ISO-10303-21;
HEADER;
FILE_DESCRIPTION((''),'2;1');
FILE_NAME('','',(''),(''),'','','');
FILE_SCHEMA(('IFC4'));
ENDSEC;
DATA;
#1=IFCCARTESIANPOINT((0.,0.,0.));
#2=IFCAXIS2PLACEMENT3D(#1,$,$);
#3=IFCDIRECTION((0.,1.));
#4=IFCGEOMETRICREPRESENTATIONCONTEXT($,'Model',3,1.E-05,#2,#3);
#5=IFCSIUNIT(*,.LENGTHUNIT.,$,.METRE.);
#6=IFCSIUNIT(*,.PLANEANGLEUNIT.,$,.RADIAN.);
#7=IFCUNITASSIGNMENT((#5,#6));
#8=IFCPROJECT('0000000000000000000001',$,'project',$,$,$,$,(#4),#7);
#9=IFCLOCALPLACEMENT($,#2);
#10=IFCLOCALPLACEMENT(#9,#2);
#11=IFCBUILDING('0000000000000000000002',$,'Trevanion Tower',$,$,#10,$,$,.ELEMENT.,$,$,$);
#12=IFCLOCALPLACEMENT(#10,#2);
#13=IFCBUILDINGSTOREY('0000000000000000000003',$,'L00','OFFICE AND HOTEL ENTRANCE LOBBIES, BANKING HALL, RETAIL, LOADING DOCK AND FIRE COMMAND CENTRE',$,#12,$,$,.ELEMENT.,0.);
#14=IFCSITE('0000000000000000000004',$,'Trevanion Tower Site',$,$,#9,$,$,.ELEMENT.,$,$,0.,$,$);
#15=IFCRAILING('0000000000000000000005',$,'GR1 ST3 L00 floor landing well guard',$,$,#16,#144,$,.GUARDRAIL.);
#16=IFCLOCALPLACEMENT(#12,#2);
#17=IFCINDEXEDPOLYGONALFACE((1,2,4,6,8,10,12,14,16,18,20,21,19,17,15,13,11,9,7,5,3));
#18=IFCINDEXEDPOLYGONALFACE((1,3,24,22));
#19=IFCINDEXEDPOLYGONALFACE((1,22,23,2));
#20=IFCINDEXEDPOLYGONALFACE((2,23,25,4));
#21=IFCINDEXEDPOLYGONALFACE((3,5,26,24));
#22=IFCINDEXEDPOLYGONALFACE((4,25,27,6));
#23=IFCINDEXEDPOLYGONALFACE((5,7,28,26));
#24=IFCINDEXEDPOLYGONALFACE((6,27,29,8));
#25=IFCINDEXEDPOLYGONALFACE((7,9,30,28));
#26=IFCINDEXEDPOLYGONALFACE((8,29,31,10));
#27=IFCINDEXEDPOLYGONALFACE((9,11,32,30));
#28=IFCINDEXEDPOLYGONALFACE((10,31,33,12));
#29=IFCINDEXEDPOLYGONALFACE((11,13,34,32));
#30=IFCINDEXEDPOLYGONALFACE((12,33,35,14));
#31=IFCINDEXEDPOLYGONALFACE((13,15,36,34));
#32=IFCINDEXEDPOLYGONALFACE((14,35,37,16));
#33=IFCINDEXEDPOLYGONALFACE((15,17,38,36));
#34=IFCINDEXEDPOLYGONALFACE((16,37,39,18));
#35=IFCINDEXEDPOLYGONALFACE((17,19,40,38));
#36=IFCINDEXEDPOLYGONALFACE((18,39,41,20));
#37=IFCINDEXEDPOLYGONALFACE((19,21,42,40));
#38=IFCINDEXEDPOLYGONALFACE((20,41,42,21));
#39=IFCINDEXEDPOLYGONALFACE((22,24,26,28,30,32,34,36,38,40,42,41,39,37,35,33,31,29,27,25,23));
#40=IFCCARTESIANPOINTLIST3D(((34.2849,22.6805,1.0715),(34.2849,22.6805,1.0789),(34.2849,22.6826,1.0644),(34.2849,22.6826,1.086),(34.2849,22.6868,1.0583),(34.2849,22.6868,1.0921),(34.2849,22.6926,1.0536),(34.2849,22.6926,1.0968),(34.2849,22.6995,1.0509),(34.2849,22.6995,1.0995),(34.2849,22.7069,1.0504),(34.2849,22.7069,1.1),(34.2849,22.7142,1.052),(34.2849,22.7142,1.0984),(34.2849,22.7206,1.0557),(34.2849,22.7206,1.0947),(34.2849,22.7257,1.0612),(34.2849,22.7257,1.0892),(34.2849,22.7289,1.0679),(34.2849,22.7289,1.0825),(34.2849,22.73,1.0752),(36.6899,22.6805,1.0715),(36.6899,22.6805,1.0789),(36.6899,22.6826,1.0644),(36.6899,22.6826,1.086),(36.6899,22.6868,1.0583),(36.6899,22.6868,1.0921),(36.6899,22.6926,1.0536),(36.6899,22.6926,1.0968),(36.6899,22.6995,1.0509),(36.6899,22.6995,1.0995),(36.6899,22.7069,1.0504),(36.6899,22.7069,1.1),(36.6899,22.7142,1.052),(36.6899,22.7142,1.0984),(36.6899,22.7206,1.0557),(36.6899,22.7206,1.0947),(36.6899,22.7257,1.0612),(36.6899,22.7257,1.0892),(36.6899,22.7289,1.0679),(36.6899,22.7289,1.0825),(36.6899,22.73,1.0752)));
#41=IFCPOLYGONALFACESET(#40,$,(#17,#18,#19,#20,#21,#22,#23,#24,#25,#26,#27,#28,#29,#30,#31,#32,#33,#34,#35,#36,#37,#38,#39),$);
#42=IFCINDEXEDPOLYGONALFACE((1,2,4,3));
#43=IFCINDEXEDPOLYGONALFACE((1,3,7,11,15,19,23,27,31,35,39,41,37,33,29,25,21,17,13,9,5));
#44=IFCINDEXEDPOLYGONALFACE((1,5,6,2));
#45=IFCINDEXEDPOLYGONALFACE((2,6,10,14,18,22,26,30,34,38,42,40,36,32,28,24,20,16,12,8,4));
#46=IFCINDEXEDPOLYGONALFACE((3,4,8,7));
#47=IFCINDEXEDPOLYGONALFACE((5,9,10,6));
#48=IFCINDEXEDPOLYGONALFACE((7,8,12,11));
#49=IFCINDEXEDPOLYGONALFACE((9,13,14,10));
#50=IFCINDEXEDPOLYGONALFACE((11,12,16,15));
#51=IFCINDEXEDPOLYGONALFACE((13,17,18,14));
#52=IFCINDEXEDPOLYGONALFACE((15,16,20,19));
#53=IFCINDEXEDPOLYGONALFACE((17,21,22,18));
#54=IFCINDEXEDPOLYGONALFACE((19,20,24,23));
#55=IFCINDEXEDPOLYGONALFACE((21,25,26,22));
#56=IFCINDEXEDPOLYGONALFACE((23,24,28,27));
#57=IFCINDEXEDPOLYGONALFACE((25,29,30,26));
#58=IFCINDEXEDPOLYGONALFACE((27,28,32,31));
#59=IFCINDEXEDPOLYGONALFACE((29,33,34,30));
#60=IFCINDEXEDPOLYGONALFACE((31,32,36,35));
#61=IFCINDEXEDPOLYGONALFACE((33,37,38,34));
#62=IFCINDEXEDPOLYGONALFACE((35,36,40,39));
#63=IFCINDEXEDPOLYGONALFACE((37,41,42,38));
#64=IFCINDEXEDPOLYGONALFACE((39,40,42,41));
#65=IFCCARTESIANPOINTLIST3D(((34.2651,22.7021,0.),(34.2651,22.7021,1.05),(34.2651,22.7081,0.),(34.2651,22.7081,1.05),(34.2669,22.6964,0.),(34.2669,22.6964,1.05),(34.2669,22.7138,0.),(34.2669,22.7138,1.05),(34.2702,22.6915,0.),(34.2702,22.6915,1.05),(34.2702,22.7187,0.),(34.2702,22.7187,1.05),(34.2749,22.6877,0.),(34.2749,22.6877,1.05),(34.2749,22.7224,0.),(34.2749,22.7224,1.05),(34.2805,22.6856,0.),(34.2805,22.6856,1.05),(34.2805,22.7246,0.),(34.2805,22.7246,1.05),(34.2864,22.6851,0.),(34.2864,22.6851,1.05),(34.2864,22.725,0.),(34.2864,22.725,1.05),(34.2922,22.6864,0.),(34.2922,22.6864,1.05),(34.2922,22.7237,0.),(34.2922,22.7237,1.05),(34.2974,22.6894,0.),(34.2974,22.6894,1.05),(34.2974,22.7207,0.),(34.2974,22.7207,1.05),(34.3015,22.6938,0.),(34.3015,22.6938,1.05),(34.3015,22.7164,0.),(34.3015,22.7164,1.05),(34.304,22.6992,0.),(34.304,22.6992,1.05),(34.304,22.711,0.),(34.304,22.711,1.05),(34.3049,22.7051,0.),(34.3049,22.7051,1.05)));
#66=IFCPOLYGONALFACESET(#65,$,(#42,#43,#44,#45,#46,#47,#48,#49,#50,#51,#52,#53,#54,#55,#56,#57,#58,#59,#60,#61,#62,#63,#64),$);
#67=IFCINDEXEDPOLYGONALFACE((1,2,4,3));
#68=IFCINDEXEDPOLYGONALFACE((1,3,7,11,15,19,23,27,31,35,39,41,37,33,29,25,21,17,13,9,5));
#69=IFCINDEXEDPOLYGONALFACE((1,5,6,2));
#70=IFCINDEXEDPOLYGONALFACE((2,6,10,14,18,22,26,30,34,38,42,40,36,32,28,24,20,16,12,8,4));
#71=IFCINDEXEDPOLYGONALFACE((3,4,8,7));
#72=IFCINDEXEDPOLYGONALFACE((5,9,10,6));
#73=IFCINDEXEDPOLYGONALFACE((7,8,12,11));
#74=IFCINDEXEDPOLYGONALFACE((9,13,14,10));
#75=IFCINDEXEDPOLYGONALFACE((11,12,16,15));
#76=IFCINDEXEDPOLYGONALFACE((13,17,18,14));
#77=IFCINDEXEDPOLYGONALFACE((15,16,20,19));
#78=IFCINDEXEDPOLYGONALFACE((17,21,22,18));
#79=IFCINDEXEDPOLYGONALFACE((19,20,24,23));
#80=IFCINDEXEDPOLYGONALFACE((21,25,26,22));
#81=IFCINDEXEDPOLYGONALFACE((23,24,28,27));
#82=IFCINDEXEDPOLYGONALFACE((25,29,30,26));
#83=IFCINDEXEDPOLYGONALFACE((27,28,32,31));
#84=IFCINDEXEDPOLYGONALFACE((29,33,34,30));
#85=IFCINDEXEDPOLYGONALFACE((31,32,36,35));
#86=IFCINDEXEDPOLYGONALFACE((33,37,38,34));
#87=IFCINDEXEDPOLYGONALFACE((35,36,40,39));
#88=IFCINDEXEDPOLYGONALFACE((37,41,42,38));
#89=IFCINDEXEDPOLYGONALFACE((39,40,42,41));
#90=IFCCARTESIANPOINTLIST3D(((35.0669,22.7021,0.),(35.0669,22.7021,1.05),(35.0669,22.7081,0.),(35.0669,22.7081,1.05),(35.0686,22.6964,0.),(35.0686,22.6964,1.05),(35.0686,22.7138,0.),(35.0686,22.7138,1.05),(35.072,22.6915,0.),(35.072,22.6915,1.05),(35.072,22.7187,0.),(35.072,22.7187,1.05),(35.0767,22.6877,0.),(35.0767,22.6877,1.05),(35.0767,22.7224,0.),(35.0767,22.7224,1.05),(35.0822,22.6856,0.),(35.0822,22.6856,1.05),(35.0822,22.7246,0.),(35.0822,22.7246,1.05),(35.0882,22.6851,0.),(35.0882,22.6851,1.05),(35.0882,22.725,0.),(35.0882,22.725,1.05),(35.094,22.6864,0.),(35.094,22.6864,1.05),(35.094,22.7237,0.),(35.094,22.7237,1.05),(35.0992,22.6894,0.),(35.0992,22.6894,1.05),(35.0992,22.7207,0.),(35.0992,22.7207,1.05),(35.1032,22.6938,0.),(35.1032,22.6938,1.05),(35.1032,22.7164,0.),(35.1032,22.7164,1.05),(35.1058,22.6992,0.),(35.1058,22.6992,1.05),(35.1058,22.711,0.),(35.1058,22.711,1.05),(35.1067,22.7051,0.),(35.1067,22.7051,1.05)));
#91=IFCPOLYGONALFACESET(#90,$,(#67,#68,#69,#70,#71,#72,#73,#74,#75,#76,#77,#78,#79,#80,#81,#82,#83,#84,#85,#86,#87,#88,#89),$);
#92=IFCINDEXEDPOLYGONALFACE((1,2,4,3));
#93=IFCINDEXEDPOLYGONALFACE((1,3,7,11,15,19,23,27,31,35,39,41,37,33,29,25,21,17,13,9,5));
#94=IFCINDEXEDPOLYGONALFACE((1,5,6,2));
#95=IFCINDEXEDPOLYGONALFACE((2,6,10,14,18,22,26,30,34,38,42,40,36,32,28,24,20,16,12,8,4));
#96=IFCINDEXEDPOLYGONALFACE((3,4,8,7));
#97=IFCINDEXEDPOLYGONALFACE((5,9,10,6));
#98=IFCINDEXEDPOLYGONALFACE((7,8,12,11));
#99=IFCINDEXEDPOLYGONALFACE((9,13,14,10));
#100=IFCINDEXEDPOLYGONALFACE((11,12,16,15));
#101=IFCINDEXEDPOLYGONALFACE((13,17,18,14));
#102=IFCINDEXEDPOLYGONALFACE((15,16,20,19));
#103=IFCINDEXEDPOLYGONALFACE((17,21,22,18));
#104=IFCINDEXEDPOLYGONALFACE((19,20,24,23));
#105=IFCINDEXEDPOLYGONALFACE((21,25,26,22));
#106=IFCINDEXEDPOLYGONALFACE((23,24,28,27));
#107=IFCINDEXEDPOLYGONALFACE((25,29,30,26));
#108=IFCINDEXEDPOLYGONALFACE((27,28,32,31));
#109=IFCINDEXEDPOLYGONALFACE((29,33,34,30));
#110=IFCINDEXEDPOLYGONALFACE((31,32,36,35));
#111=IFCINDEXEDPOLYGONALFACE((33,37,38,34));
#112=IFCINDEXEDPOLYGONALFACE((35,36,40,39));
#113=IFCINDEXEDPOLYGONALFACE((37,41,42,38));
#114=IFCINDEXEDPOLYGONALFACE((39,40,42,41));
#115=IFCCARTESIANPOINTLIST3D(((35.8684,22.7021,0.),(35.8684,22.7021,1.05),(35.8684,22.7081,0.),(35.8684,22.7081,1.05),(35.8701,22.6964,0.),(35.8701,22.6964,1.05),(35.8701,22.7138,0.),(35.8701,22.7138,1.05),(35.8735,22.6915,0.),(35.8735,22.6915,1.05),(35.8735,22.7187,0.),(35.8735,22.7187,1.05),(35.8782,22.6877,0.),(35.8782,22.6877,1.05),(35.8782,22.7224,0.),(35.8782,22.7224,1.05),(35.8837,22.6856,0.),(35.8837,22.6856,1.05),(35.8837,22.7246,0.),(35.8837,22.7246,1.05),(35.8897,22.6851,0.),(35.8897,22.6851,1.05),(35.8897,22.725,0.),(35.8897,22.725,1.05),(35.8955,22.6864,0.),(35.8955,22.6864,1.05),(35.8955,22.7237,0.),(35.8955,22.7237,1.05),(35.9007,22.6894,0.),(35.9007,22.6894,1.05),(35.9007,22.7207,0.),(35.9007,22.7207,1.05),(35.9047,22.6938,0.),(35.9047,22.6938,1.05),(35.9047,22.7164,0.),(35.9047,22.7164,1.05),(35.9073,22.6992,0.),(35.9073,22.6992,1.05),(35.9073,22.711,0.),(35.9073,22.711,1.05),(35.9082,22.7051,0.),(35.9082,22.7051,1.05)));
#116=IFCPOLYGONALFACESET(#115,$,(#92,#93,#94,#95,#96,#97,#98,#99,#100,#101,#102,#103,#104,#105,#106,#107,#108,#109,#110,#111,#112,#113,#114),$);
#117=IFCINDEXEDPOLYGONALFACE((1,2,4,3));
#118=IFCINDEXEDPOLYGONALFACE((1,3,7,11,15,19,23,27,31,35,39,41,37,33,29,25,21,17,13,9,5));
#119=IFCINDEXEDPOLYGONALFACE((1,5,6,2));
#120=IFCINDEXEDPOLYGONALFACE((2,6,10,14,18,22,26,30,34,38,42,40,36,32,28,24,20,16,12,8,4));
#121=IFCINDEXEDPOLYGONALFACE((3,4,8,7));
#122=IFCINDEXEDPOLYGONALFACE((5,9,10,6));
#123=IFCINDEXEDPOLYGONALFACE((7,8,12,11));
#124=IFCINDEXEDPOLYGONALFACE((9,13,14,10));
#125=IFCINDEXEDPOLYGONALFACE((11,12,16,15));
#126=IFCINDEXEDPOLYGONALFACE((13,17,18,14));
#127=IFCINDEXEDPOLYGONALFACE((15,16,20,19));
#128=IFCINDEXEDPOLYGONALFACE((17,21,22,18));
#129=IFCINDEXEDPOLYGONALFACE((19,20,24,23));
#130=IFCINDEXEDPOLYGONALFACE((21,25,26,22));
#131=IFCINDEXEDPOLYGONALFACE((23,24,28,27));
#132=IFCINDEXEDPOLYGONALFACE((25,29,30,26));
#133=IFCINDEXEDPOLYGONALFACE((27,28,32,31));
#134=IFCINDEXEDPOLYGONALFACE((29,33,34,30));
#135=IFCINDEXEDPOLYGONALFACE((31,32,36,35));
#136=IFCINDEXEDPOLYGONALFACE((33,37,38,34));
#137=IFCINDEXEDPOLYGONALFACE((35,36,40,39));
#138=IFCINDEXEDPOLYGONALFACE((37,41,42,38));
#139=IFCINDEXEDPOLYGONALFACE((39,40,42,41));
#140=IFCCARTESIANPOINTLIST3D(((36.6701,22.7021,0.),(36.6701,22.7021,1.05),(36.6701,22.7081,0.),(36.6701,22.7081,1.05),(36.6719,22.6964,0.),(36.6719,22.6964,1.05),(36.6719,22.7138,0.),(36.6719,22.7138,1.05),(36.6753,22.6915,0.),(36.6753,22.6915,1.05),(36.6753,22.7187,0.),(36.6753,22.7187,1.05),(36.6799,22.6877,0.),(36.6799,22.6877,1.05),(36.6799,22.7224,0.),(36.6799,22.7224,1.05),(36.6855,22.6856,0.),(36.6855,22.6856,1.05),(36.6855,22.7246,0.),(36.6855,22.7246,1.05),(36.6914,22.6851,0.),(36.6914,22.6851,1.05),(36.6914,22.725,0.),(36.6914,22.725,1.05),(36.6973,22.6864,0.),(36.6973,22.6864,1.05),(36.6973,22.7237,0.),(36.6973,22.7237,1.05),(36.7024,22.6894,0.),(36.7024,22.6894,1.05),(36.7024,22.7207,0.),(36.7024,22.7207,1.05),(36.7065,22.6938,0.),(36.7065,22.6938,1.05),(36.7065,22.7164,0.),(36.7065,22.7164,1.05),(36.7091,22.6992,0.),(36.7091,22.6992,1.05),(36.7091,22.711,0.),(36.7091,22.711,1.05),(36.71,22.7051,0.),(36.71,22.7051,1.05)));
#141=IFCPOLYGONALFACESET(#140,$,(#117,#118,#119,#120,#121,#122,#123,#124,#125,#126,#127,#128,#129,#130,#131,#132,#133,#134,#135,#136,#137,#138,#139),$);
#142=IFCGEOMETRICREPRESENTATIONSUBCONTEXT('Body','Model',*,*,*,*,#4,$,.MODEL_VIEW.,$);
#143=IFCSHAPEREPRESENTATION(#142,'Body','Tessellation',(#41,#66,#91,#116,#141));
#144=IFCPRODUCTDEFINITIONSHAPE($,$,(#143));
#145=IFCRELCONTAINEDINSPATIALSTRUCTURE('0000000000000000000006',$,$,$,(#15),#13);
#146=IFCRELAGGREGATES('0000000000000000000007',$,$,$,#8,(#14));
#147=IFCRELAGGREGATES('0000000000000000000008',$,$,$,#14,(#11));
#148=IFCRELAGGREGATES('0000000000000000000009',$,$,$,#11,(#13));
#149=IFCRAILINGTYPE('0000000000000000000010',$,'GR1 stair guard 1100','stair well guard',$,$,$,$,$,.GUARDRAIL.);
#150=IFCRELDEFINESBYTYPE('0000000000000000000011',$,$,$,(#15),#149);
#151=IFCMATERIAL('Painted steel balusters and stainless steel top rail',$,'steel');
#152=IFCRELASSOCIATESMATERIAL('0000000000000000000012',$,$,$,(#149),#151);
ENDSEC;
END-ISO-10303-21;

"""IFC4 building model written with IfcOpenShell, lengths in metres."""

from ifc_helpers import new_model, si_unit, direction, frame, origin, origin_2d, place, context, subcontext, project, spatial, circle, extrude, material, type_object, element, save


model = new_model("IFC4")

# Units and contexts
model_context = context("Model", 3, precision=1e-05, world=origin(), true_north=direction((0.0, 1.0)))
body_context = subcontext(model_context, "Body", "Model", "MODEL_VIEW")
ifc_project = project(units=[si_unit("LENGTHUNIT", "METRE"), si_unit("PLANEANGLEUNIT", "RADIAN")], contexts=[model_context])

# Site, building, storey
site_placement = place(None, origin())
site = spatial("IfcSite", under=ifc_project, at=site_placement, Name="Trevanion Tower Site", CompositionType="ELEMENT", RefElevation=0.0)
building_placement = place(site_placement, origin())
building = spatial("IfcBuilding", under=site, at=building_placement, Name="Trevanion Tower", CompositionType="ELEMENT")
storey_placement = place(building_placement, origin())
storey = spatial("IfcBuildingStorey", under=building, at=storey_placement, Name="L00", Description="OFFICE AND HOTEL ENTRANCE LOBBIES, BANKING HALL, RETAIL, LOADING DOCK AND FIRE COMMAND CENTRE", CompositionType="ELEMENT", Elevation=0.0)

# Railing
ifc_material_1 = material(Name="Painted steel balusters and stainless steel top rail", Category="steel")
railing_type_1 = type_object("IfcRailingType", Name="GR1 stair guard 1100", Description="stair well guard", PredefinedType="GUARDRAIL", material=ifc_material_1)
for number, where, name in (
    (1, (34.2849, 22.7051, 0.0), "GR1 ST3 L00 floor landing well guard"),
):
    element("IfcRailing", number, at=place(storey_placement, frame(where)), inside=storey, type_object=railing_type_1, Name=name, PredefinedType="GUARDRAIL", context=body_context, shape_type="SweptSolid", body=[
        extrude(circle(Radius=0.0249, at=origin_2d()), frame((0.0, 0.0, 1.0752), z_axis=(1.0, 0.0, 0.0), x_axis=(0.0, 1.0, 0.0)), (0.0, 0.0, 1.0), 2.405),
        extrude(circle(Radius=0.02, at=origin_2d()), origin(), (0.0, 0.0, 1.0), 1.05),
        extrude(circle(Radius=0.02, at=origin_2d()), frame((0.8018, 0.0, 0.0)), (0.0, 0.0, 1.0), 1.05),
        extrude(circle(Radius=0.02, at=origin_2d()), frame((1.6033, 0.0, 0.0)), (0.0, 0.0, 1.0), 1.05),
        extrude(circle(Radius=0.02, at=origin_2d()), frame((2.405, 0.0, 0.0)), (0.0, 0.0, 1.0), 1.05),
    ])

save(model, "model.ifc")
